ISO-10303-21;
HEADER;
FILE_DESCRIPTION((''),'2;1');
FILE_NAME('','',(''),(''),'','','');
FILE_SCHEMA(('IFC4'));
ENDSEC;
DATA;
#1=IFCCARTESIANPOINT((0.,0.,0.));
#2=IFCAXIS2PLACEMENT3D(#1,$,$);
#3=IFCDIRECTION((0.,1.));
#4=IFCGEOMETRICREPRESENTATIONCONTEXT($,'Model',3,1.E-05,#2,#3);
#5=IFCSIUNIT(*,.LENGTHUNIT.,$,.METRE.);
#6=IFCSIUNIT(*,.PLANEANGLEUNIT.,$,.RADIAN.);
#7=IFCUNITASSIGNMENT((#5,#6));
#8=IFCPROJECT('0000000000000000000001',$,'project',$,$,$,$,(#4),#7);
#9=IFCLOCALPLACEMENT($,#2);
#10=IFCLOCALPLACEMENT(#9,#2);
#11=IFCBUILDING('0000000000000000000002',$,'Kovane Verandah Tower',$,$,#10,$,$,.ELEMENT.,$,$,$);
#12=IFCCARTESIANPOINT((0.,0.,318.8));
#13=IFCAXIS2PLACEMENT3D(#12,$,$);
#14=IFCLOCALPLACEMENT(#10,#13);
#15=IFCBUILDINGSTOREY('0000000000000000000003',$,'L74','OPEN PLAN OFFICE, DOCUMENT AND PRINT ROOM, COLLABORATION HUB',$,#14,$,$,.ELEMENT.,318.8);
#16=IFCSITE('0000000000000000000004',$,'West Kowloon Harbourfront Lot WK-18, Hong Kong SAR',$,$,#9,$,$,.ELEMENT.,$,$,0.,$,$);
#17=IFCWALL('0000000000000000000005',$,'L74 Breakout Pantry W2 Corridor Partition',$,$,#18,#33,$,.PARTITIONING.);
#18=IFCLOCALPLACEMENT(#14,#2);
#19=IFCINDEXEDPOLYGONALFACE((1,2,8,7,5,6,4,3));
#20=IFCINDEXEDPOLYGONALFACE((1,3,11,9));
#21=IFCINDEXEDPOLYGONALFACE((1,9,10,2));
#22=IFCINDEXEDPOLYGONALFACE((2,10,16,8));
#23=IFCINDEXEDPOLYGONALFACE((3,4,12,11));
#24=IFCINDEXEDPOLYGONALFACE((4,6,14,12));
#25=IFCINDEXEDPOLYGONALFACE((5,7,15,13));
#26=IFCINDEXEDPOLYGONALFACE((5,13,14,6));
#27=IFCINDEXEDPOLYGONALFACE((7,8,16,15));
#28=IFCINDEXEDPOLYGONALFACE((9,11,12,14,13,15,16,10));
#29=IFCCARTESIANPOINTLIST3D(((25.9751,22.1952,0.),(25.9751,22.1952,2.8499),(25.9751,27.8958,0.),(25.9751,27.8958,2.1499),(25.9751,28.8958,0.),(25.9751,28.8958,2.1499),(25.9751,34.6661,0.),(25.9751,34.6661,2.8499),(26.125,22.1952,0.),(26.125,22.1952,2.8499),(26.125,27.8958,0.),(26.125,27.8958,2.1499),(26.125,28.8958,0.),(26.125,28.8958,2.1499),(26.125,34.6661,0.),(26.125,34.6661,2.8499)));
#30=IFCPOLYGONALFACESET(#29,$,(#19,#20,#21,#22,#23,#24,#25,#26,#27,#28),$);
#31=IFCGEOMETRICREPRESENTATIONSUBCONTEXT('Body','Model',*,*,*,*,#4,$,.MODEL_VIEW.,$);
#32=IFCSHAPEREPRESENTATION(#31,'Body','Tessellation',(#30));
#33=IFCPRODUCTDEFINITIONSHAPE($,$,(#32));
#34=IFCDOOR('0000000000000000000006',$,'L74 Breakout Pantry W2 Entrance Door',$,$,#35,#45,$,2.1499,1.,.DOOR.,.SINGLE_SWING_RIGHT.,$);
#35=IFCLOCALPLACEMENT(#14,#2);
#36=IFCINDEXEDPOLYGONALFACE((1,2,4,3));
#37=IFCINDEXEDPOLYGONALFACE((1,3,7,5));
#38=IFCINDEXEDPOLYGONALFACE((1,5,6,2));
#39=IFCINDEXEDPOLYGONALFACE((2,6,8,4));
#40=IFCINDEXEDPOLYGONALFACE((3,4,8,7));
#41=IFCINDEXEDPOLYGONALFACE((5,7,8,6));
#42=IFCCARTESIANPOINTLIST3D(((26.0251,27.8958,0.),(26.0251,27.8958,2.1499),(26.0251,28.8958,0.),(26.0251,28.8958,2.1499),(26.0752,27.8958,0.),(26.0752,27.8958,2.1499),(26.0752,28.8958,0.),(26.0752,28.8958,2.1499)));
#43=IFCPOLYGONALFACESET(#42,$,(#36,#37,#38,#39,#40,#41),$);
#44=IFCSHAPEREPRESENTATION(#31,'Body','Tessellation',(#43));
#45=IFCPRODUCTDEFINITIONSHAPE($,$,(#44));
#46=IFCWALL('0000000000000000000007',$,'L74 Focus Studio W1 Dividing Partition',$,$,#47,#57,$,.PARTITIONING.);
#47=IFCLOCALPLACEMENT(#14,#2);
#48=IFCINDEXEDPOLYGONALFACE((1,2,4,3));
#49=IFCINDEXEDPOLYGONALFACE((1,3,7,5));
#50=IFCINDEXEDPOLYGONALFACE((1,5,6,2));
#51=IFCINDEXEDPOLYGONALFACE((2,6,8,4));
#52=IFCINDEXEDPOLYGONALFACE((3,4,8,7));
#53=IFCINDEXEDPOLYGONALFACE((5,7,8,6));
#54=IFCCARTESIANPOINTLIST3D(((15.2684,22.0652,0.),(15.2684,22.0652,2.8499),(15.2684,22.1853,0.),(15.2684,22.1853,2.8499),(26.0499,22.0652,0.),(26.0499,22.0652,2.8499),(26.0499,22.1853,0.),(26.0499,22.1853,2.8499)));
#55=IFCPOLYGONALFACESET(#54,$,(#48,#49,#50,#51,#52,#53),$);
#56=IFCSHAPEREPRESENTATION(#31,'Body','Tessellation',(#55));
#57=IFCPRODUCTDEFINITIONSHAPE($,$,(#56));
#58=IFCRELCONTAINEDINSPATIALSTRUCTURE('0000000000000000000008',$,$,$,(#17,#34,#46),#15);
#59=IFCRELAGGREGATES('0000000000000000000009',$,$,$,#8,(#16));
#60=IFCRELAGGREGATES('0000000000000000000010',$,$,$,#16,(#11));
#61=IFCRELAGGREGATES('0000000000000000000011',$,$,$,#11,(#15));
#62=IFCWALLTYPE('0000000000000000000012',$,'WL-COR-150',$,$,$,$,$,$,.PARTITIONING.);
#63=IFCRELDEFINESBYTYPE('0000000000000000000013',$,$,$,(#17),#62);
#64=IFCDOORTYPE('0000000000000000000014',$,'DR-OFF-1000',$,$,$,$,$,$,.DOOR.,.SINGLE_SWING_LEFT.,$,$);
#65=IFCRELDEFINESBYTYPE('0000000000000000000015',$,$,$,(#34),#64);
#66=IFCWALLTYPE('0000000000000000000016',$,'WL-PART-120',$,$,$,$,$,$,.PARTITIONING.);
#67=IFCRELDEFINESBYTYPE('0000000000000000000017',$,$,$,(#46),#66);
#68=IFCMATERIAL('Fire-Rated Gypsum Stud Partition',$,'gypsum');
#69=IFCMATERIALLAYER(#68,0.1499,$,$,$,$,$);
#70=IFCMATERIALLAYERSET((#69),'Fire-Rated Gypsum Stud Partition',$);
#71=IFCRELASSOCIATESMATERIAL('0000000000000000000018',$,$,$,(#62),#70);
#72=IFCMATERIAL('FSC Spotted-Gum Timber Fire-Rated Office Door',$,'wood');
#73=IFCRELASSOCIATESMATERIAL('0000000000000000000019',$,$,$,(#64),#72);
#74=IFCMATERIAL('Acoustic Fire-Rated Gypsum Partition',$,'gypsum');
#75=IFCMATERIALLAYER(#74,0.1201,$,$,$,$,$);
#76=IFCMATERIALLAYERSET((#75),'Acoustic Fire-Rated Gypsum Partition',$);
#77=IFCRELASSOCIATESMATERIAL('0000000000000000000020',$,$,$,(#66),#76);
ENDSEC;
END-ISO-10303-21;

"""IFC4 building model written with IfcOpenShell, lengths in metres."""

from ifc_helpers import new_model, si_unit, direction, frame, frame_2d, origin, place, context, subcontext, project, spatial, rectangle, extrude, material, layer, layer_set, type_object, element, fill, save


model = new_model("IFC4")

# Units and contexts
model_context = context("Model", 3, precision=1e-05, world=origin(), true_north=direction((0.0, 1.0)))
body_context = subcontext(model_context, "Body", "Model", "MODEL_VIEW")
ifc_project = project(units=[si_unit("LENGTHUNIT", "METRE"), si_unit("PLANEANGLEUNIT", "RADIAN")], contexts=[model_context])

# Site, building, storey
site_placement = place(None, origin())
site = spatial("IfcSite", under=ifc_project, at=site_placement, Name="West Kowloon Harbourfront Lot WK-18, Hong Kong SAR", CompositionType="ELEMENT", RefElevation=0.0)
building_placement = place(site_placement, origin())
building = spatial("IfcBuilding", under=site, at=building_placement, Name="Kovane Verandah Tower", CompositionType="ELEMENT")
storey_placement = place(building_placement, frame((0.0, 0.0, 318.8)))
storey = spatial("IfcBuildingStorey", under=building, at=storey_placement, Name="L74", Description="OPEN PLAN OFFICE, DOCUMENT AND PRINT ROOM, COLLABORATION HUB", CompositionType="ELEMENT", Elevation=318.8)

# Wall, opening, door
ifc_material_1 = material(Name="Fire-Rated Gypsum Stud Partition", Category="gypsum")
ifc_layer_1 = layer(ifc_material_1, 0.1499)
ifc_layer_set_1 = layer_set([ifc_layer_1], Name="Fire-Rated Gypsum Stud Partition")
wall_type_1 = type_object("IfcWallType", Name="WL-COR-150", PredefinedType="PARTITIONING", material=ifc_layer_set_1)
wall_1_placement = place(storey_placement, frame((26.05, 22.1953, 0.0), z_axis=(0.0, 0.0, 1.0), x_axis=(0.0, 1.0, 0.0)))
wall_1 = element("IfcWall", 1, at=wall_1_placement, inside=storey, type_object=wall_type_1, Name="L74 Breakout Pantry W2 Corridor Partition", PredefinedType="PARTITIONING", context=body_context, shape_type="SweptSolid", body=[
    extrude(rectangle(XDim=12.4709, YDim=0.1499, at=frame_2d((6.2354, 0.0))), origin(), (0.0, 0.0, 1.0), 2.8499),
])
opening_placement = place(wall_1_placement, frame((5.7004, 0.0, 0.0)))
opening = element("IfcOpeningElement", 2, at=opening_placement, cuts=wall_1, PredefinedType="OPENING", context=body_context, shape_type="SweptSolid", body=[
    extrude(rectangle(XDim=1.0, YDim=2.1499, at=frame_2d((0.5, 1.075))), frame((0.0, 0.075, 0.0), z_axis=(0.0, -1.0, 0.0), x_axis=(1.0, 0.0, 0.0)), (0.0, 0.0, 1.0), 0.1499),
])
ifc_material_2 = material(Name="FSC Spotted-Gum Timber Fire-Rated Office Door", Category="wood")
door_type = type_object("IfcDoorType", Name="DR-OFF-1000", OperationType="SINGLE_SWING_LEFT", PredefinedType="DOOR", material=ifc_material_2)
door_placement = place(opening_placement, origin())
door = element("IfcDoor", 3, at=door_placement, inside=storey, type_object=door_type, Name="L74 Breakout Pantry W2 Entrance Door", OperationType="SINGLE_SWING_RIGHT", OverallHeight=2.1499, OverallWidth=1.0, PredefinedType="DOOR", context=body_context, shape_type="SweptSolid", body=[
    extrude(rectangle(XDim=1.0, YDim=2.1499, at=frame_2d((0.5, 1.075))), frame((0.0, 0.0249, 0.0), z_axis=(0.0, -1.0, 0.0), x_axis=(1.0, 0.0, 0.0)), (0.0, 0.0, 1.0), 0.05),
])
fill(opening, door)

# Wall
ifc_material_3 = material(Name="Acoustic Fire-Rated Gypsum Partition", Category="gypsum")
ifc_layer_2 = layer(ifc_material_3, 0.1201)
ifc_layer_set_2 = layer_set([ifc_layer_2], Name="Acoustic Fire-Rated Gypsum Partition")
wall_type_2 = type_object("IfcWallType", Name="WL-PART-120", PredefinedType="PARTITIONING", material=ifc_layer_set_2)
wall_2_placement = place(storey_placement, frame((15.2686, 22.1252, 0.0), z_axis=(0.0, 0.0, 1.0), x_axis=(1.0, 0.0, 0.0)))
element("IfcWall", 4, at=wall_2_placement, inside=storey, type_object=wall_type_2, Name="L74 Focus Studio W1 Dividing Partition", PredefinedType="PARTITIONING", context=body_context, shape_type="SweptSolid", body=[
    extrude(rectangle(XDim=10.7815, YDim=0.1201, at=frame_2d((5.3906, 0.0))), origin(), (0.0, 0.0, 1.0), 2.8499),
])

save(model, "model.ifc")
